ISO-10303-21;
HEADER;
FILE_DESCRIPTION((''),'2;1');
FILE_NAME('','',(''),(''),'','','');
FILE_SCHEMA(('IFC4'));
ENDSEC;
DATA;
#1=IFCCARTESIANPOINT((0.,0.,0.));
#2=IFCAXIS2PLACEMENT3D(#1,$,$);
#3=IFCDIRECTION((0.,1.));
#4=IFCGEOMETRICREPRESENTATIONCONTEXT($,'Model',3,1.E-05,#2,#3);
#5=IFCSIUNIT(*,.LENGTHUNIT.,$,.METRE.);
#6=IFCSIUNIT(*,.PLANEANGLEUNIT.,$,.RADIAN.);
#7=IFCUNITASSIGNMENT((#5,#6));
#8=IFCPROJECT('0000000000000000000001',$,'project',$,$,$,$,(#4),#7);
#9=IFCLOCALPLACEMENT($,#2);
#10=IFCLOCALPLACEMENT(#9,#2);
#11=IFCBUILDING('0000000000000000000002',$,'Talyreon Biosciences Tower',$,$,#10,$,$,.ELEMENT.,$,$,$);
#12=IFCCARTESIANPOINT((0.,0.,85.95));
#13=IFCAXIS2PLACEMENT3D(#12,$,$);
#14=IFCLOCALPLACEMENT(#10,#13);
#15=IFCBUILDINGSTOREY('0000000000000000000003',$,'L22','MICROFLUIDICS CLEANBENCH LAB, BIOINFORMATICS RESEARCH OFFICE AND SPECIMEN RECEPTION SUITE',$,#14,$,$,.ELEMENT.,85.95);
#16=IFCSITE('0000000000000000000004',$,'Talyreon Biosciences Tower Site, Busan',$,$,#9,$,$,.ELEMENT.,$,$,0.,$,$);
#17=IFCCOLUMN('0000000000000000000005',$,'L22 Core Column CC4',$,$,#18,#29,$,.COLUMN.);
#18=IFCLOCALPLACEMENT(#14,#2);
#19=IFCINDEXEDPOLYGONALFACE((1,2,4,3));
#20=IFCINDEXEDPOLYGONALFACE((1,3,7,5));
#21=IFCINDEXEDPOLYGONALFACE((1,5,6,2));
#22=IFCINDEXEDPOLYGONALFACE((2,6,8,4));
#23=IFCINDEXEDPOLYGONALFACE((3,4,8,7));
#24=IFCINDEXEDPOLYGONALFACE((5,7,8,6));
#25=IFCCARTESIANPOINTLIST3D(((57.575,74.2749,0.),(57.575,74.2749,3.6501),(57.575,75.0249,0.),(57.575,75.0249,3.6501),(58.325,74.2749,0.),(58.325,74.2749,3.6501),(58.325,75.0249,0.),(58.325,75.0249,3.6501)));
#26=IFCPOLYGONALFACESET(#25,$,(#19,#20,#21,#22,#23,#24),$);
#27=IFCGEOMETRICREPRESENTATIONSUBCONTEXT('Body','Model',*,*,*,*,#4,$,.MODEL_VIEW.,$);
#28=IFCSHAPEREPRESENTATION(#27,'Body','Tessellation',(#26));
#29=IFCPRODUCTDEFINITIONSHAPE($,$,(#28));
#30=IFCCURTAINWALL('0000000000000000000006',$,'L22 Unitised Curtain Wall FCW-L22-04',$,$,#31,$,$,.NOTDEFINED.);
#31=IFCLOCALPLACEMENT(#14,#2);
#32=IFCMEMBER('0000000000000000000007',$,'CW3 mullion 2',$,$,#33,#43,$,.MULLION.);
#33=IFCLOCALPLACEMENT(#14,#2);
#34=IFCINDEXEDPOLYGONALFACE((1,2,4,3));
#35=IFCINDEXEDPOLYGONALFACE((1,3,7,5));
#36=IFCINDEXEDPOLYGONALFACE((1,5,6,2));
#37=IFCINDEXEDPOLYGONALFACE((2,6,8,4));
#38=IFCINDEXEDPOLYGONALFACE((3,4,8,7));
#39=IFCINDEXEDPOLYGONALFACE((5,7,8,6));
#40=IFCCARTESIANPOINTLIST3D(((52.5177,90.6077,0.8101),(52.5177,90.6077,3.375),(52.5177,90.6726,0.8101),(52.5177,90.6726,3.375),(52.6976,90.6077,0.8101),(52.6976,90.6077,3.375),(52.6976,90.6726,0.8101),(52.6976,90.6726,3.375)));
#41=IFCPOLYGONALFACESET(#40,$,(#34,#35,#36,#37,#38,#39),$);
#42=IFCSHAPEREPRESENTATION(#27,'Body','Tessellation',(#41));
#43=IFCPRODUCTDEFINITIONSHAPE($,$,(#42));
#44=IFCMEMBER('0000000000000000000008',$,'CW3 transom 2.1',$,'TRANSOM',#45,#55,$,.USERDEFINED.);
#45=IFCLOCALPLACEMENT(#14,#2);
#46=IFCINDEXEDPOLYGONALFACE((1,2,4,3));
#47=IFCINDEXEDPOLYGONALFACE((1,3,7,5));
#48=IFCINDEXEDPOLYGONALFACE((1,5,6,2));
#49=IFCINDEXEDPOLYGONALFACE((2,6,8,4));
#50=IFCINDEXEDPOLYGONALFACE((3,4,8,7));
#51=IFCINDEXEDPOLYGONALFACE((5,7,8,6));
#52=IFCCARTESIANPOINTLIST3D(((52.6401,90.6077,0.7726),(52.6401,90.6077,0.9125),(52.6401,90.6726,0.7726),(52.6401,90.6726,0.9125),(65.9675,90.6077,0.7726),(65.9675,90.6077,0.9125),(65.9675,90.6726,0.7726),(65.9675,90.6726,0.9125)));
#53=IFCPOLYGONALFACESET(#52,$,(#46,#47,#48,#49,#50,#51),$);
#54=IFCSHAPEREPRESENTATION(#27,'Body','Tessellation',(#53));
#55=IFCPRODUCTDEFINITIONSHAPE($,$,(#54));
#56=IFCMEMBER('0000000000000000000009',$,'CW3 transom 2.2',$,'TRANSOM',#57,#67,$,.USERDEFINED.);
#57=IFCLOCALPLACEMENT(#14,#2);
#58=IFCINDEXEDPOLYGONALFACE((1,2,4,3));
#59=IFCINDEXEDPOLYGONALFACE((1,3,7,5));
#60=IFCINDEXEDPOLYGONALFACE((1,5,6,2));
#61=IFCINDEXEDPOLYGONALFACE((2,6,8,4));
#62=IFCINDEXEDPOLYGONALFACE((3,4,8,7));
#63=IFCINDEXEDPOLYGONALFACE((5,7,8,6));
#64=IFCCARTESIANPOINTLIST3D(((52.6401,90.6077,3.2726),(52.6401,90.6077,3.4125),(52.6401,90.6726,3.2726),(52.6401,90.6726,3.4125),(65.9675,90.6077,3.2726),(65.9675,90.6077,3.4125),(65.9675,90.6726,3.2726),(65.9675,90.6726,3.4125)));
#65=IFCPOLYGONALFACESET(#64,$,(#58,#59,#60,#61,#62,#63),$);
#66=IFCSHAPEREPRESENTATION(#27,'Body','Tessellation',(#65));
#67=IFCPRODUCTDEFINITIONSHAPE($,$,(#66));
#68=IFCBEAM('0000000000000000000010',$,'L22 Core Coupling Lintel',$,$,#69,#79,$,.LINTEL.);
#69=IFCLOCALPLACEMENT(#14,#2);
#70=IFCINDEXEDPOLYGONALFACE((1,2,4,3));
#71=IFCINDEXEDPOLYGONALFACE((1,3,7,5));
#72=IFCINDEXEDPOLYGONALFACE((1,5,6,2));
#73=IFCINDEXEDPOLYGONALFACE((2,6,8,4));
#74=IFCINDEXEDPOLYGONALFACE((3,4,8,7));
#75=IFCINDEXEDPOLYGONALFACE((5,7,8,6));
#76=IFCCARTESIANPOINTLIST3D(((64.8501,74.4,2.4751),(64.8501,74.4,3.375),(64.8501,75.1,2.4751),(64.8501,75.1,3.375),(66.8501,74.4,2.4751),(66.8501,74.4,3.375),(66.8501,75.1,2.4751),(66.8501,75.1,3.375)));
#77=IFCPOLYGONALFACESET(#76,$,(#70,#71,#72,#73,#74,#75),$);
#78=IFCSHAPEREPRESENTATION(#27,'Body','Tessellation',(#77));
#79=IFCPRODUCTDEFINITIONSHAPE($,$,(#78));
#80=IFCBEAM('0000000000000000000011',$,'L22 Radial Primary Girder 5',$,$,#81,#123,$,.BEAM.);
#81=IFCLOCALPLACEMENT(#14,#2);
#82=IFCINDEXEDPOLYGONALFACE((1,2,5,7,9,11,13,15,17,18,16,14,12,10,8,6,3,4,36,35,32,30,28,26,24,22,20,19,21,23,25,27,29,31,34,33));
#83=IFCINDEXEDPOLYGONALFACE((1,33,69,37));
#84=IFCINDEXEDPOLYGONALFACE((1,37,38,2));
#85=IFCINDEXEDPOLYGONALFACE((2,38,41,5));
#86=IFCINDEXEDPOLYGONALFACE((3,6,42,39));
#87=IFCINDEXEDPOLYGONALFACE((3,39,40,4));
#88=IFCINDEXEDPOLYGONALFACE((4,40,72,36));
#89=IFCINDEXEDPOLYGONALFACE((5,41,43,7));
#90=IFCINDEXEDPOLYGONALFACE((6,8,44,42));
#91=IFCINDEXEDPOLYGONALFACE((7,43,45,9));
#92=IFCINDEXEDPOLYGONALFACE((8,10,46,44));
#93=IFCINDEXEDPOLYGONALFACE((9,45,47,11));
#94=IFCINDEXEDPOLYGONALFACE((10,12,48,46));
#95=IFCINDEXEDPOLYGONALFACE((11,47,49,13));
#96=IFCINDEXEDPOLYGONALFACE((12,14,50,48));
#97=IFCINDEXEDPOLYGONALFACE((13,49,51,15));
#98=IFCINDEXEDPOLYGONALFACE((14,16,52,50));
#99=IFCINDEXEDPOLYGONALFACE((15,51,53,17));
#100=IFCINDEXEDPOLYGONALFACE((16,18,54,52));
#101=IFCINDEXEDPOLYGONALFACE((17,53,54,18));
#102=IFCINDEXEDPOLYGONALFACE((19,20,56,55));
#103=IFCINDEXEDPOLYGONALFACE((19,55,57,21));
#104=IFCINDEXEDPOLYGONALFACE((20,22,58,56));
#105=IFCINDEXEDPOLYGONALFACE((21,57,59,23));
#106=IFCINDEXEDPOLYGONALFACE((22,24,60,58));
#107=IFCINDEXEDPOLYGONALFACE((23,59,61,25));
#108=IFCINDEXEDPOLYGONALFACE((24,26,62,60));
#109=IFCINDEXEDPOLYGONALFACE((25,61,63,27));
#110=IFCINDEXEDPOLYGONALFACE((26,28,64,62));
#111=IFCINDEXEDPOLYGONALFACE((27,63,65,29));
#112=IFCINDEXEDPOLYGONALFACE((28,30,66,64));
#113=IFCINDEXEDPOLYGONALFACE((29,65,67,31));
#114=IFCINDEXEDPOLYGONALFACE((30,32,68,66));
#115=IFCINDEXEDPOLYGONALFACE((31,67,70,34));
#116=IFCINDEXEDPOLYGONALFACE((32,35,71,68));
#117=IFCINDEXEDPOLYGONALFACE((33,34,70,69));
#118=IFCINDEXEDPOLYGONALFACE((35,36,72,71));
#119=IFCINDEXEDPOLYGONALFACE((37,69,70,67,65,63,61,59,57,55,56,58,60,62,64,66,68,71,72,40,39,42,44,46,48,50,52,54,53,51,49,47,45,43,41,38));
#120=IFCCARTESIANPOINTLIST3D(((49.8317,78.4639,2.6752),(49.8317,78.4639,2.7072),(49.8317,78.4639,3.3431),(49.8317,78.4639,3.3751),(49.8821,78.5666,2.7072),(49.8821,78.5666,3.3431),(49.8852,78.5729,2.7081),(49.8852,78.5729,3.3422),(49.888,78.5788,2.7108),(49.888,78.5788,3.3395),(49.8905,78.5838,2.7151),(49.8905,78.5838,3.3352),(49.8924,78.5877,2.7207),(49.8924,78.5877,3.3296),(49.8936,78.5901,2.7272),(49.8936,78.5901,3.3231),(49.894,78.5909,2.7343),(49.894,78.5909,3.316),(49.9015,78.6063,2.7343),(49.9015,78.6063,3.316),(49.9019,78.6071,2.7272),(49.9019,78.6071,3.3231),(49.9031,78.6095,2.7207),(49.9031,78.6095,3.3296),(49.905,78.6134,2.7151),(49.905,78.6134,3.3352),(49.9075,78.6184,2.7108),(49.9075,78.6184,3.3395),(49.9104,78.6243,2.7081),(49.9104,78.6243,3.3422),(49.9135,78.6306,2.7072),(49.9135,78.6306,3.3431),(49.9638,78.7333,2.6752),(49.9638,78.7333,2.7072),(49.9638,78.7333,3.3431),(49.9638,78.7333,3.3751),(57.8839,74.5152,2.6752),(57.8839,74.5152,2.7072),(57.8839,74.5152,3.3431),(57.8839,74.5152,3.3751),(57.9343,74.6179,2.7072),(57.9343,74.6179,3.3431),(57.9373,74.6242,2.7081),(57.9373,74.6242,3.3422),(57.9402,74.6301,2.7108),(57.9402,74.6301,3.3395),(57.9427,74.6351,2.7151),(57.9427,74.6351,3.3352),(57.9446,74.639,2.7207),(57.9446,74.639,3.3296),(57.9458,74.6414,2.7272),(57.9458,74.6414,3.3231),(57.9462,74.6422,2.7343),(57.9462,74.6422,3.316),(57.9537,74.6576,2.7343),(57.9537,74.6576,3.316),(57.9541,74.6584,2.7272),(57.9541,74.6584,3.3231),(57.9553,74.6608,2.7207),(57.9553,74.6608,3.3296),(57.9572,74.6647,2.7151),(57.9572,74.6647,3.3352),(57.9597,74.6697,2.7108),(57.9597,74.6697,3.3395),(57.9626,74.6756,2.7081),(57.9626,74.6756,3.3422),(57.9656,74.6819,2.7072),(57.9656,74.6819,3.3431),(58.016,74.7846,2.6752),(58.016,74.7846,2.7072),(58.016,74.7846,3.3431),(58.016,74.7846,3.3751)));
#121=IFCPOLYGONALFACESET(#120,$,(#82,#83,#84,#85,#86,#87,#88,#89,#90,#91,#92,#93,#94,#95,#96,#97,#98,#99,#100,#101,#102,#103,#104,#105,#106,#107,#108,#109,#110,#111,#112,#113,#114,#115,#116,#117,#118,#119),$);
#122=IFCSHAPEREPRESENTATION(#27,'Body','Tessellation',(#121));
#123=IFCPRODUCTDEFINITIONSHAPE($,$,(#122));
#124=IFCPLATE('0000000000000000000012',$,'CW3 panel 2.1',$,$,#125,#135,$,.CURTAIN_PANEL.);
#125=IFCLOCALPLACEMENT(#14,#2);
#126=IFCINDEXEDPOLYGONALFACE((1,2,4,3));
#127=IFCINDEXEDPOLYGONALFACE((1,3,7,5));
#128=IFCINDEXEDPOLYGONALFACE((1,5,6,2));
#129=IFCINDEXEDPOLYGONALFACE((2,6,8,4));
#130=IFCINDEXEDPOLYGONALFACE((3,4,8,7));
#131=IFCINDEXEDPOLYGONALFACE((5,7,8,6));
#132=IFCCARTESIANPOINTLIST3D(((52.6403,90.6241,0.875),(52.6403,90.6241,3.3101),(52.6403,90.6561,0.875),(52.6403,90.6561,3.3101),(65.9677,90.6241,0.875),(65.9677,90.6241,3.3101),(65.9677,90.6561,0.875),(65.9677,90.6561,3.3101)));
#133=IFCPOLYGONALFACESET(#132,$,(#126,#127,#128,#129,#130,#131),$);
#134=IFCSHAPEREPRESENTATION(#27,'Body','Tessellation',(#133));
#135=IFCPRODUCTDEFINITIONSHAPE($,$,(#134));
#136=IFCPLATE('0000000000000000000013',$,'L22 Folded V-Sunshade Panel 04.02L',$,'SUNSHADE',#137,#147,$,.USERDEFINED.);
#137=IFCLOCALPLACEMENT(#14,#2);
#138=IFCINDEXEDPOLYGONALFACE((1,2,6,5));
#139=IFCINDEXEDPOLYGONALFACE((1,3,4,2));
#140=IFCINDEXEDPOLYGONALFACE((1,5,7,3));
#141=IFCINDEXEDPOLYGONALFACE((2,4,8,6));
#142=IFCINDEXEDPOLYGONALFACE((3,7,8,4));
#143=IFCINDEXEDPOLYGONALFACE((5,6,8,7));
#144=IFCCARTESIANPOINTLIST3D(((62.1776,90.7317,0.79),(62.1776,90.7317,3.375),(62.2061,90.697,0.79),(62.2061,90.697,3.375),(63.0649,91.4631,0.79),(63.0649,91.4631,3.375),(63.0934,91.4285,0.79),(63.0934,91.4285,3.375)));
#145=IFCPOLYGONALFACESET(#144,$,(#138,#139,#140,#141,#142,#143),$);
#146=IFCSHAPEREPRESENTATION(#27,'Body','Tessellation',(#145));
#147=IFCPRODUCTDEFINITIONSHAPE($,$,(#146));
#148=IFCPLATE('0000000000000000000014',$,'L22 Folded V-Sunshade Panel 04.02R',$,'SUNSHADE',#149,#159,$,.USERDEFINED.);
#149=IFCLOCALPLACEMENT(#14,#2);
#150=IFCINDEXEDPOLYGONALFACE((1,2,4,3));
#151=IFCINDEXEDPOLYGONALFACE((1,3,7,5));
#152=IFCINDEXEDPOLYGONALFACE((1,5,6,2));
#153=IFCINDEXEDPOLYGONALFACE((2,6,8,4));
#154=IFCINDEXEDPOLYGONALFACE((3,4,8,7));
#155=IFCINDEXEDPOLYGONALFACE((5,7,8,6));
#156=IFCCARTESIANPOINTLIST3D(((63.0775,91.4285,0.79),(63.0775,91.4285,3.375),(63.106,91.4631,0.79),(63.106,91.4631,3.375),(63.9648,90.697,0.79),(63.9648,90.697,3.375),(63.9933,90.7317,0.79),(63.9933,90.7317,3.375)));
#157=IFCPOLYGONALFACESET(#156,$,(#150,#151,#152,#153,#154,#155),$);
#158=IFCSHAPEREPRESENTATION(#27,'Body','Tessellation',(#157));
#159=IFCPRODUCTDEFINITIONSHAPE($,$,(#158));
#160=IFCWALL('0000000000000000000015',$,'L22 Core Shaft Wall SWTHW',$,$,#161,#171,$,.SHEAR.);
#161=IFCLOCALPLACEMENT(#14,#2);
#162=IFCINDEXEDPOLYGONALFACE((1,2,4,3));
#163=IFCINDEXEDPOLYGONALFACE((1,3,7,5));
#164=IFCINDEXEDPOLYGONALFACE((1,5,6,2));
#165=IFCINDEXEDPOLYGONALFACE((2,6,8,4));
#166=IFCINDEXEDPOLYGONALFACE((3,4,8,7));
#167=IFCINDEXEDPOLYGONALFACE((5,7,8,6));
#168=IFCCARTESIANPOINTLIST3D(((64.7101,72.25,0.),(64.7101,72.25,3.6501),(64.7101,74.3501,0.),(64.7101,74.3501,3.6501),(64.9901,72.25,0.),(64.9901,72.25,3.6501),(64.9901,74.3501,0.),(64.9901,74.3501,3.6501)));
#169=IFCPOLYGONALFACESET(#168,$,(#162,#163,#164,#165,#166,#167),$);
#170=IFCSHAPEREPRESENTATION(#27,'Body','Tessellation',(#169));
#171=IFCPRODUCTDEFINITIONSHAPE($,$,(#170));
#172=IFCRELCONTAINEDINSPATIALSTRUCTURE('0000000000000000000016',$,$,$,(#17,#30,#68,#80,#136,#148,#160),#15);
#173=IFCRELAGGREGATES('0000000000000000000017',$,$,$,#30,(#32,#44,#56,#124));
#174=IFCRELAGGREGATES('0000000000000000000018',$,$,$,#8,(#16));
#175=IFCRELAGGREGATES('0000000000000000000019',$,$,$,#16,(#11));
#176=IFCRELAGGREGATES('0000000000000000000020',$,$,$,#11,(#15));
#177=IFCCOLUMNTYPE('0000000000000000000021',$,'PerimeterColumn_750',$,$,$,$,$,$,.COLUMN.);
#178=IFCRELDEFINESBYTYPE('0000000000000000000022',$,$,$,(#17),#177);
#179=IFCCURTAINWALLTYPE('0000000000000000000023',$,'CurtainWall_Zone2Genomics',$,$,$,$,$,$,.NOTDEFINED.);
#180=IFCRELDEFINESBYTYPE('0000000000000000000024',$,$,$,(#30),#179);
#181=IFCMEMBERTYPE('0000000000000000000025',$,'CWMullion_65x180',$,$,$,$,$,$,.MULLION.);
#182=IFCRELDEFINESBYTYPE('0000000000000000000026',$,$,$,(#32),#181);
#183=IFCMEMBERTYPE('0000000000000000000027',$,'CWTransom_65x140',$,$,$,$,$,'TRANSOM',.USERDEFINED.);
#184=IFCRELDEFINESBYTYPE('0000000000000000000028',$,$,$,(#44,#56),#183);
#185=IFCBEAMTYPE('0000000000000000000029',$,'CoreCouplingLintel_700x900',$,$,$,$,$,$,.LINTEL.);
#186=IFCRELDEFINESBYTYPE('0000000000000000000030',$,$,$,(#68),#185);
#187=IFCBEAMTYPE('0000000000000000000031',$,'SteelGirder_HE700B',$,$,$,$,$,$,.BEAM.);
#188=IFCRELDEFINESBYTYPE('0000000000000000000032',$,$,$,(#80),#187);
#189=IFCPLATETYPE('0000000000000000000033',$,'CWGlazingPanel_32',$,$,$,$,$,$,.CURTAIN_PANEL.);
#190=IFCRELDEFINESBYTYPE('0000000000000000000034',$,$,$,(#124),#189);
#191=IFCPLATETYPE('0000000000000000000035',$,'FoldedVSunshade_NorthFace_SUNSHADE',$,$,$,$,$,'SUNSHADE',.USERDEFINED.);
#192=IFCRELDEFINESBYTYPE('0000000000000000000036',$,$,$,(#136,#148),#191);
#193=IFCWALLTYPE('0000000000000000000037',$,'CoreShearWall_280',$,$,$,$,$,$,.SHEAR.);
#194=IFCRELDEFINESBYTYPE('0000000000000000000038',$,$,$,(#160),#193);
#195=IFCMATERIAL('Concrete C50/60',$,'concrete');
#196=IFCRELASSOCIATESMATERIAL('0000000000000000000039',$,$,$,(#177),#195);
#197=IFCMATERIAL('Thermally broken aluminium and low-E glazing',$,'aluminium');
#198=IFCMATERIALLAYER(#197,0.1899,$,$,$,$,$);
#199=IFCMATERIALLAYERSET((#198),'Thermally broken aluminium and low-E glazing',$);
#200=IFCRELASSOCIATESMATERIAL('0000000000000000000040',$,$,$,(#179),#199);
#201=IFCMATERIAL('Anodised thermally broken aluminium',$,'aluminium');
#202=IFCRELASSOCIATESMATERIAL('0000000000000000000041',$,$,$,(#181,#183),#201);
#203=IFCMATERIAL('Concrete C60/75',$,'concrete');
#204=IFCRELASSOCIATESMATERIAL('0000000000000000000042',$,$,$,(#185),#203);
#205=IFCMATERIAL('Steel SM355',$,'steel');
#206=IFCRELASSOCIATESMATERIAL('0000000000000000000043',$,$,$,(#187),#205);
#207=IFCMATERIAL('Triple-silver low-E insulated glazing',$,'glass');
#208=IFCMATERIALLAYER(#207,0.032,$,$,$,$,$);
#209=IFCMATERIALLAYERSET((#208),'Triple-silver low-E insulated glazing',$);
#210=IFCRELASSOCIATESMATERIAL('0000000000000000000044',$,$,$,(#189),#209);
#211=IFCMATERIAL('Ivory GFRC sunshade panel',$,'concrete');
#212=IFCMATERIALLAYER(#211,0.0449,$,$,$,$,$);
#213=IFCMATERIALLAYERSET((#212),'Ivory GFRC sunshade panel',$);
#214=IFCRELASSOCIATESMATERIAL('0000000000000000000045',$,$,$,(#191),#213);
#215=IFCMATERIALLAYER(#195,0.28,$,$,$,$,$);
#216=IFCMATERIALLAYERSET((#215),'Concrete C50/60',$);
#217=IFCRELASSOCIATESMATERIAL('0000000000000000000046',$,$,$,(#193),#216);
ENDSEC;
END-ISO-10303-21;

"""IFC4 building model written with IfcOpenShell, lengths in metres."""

from ifc_helpers import new_model, si_unit, direction, frame, frame_2d, origin, origin_2d, place, context, subcontext, project, spatial, rectangle, i_section, extrude, material, layer, layer_set, material_profile, profile_set, type_object, element, aggregate, save


model = new_model("IFC4")

# Units and contexts
model_context = context("Model", 3, precision=1e-05, world=origin(), true_north=direction((0.0, 1.0)))
body_context = subcontext(model_context, "Body", "Model", "MODEL_VIEW")
ifc_project = project(units=[si_unit("LENGTHUNIT", "METRE"), si_unit("PLANEANGLEUNIT", "RADIAN")], contexts=[model_context])

# Site, building, storey
site_placement = place(None, origin())
site = spatial("IfcSite", under=ifc_project, at=site_placement, Name="Talyreon Biosciences Tower Site, Busan", CompositionType="ELEMENT", RefElevation=0.0)
building_placement = place(site_placement, origin())
building = spatial("IfcBuilding", under=site, at=building_placement, Name="Talyreon Biosciences Tower", CompositionType="ELEMENT")
storey_placement = place(building_placement, frame((0.0, 0.0, 85.95)))
storey = spatial("IfcBuildingStorey", under=building, at=storey_placement, Name="L22", Description="MICROFLUIDICS CLEANBENCH LAB, BIOINFORMATICS RESEARCH OFFICE AND SPECIMEN RECEPTION SUITE", CompositionType="ELEMENT", Elevation=85.95)

# Column
ifc_material_1 = material(Name="Concrete C50/60", Category="concrete")
ifc_material_profile_1 = material_profile(ifc_material_1, rectangle(XDim=0.75, YDim=0.75, at=origin_2d()), Name="RC 750x750")
ifc_profile_set_1 = profile_set([ifc_material_profile_1], Name="Concrete C50/60")
column_type = type_object("IfcColumnType", Name="PerimeterColumn_750", PredefinedType="COLUMN", material=ifc_profile_set_1)
column_placement = place(storey_placement, frame((57.95, 74.6499, 0.0), z_axis=(0.0, 0.0, 1.0), x_axis=(1.0, 0.0, 0.0)))
element("IfcColumn", 1, at=column_placement, inside=storey, type_object=column_type, Name="L22 Core Column CC4", PredefinedType="COLUMN", context=body_context, shape_type="SweptSolid", body=[
    extrude(rectangle(XDim=0.75, YDim=0.75, at=origin_2d()), origin(), (0.0, 0.0, 1.0), 3.6501),
])

# Curtain wall, members
ifc_material_2 = material(Name="Thermally broken aluminium and low-E glazing", Category="aluminium")
ifc_layer_1 = layer(ifc_material_2, 0.1899)
ifc_layer_set_1 = layer_set([ifc_layer_1], Name="Thermally broken aluminium and low-E glazing")
curtain_wall_type = type_object("IfcCurtainWallType", Name="CurtainWall_Zone2Genomics", PredefinedType="NOTDEFINED", material=ifc_layer_set_1)
curtain_wall_placement = place(storey_placement, origin())
curtain_wall = element("IfcCurtainWall", 2, at=curtain_wall_placement, inside=storey, type_object=curtain_wall_type, Name="L22 Unitised Curtain Wall FCW-L22-04", PredefinedType="NOTDEFINED")
ifc_material_3 = material(Name="Anodised thermally broken aluminium", Category="aluminium")
ifc_material_profile_2 = material_profile(ifc_material_3, rectangle(XDim=0.0649, YDim=0.1799, at=origin_2d()), Name="ALUM MULLION 65x180")
ifc_profile_set_2 = profile_set([ifc_material_profile_2], Name="Anodised thermally broken aluminium")
member_type_1 = type_object("IfcMemberType", Name="CWMullion_65x180", PredefinedType="MULLION", material=ifc_profile_set_2)
member_1_placement = place(storey_placement, frame((52.6077, 90.6401, 0.8101), z_axis=(0.0, 0.0, 1.0), x_axis=(0.0, 1.0, 0.0)))
member_1 = element("IfcMember", 3, at=member_1_placement, type_object=member_type_1, Name="CW3 mullion 2", PredefinedType="MULLION", context=body_context, shape_type="SweptSolid", body=[
    extrude(rectangle(XDim=0.0649, YDim=0.1799, at=origin_2d()), origin(), (0.0, 0.0, 1.0), 2.5649),
])
ifc_material_profile_3 = material_profile(ifc_material_3, rectangle(XDim=0.0649, YDim=0.1399, at=origin_2d()), Name="ALUM TRANSOM 65x140")
ifc_profile_set_3 = profile_set([ifc_material_profile_3], Name="Anodised thermally broken aluminium")
member_type_2 = type_object("IfcMemberType", Name="CWTransom_65x140", ElementType="TRANSOM", PredefinedType="USERDEFINED", material=ifc_profile_set_3)
member_2_placement = place(storey_placement, frame((52.6401, 90.6401, 0.8425), z_axis=(1.0, 0.0, 0.0), x_axis=(0.0, 1.0, 0.0)))
member_2 = element("IfcMember", 4, at=member_2_placement, type_object=member_type_2, Name="CW3 transom 2.1", ObjectType="TRANSOM", PredefinedType="USERDEFINED", context=body_context, shape_type="SweptSolid", body=[
    extrude(rectangle(XDim=0.0649, YDim=0.1399, at=origin_2d()), origin(), (0.0, 0.0, 1.0), 13.3274),
])
member_3_placement = place(storey_placement, frame((52.6401, 90.6401, 3.3425), z_axis=(1.0, 0.0, 0.0), x_axis=(0.0, 1.0, 0.0)))
member_3 = element("IfcMember", 5, at=member_3_placement, type_object=member_type_2, Name="CW3 transom 2.2", ObjectType="TRANSOM", PredefinedType="USERDEFINED", context=body_context, shape_type="SweptSolid", body=[
    extrude(rectangle(XDim=0.0649, YDim=0.1399, at=origin_2d()), origin(), (0.0, 0.0, 1.0), 13.3274),
])

# Beams
ifc_material_4 = material(Name="Concrete C60/75", Category="concrete")
ifc_material_profile_4 = material_profile(ifc_material_4, rectangle(XDim=0.7, YDim=0.8999, at=origin_2d()), Name="RCB 700x900")
ifc_profile_set_4 = profile_set([ifc_material_profile_4], Name="Concrete C60/75")
beam_type_1 = type_object("IfcBeamType", Name="CoreCouplingLintel_700x900", PredefinedType="LINTEL", material=ifc_profile_set_4)
beam_1_placement = place(storey_placement, frame((64.8501, 74.75, 2.925), z_axis=(1.0, 0.0, 0.0), x_axis=(0.0, 1.0, 0.0)))
element("IfcBeam", 6, at=beam_1_placement, inside=storey, type_object=beam_type_1, Name="L22 Core Coupling Lintel", PredefinedType="LINTEL", context=body_context, shape_type="SweptSolid", body=[
    extrude(rectangle(XDim=0.7, YDim=0.8999, at=origin_2d()), origin(), (0.0, 0.0, 1.0), 2.0),
])
ifc_material_5 = material(Name="Steel SM355", Category="steel")
ifc_material_profile_5 = material_profile(ifc_material_5, i_section(OverallWidth=0.3, OverallDepth=0.7, WebThickness=0.0171, FlangeThickness=0.032, FilletRadius=0.0271, at=origin_2d()), Name="HE700B")
ifc_profile_set_5 = profile_set([ifc_material_profile_5], Name="Steel SM355")
beam_type_2 = type_object("IfcBeamType", Name="SteelGirder_HE700B", PredefinedType="BEAM", material=ifc_profile_set_5)
beam_2_placement = place(storey_placement, frame((57.95, 74.6499, 3.0251), z_axis=(-0.897852, 0.440297, 0.0), x_axis=(-0.440297, -0.897852, 0.0)))
element("IfcBeam", 7, at=beam_2_placement, inside=storey, type_object=beam_type_2, Name="L22 Radial Primary Girder 5", PredefinedType="BEAM", context=body_context, shape_type="SweptSolid", body=[
    extrude(i_section(OverallWidth=0.3, OverallDepth=0.7, WebThickness=0.0171, FlangeThickness=0.032, FilletRadius=0.0271, at=origin_2d()), origin(), (0.0, 0.0, 1.0), 8.9683),
])

# Plate
ifc_material_6 = material(Name="Triple-silver low-E insulated glazing", Category="glass")
ifc_layer_2 = layer(ifc_material_6, 0.032)
ifc_layer_set_2 = layer_set([ifc_layer_2], Name="Triple-silver low-E insulated glazing")
plate_type_1 = type_object("IfcPlateType", Name="CWGlazingPanel_32", PredefinedType="CURTAIN_PANEL", material=ifc_layer_set_2)
plate_placement = place(storey_placement, frame((59.304, 90.6401, 0.875), z_axis=(0.0, 0.0, 1.0), x_axis=(1.0, 0.0, 0.0)))
plate = element("IfcPlate", 8, at=plate_placement, type_object=plate_type_1, Name="CW3 panel 2.1", PredefinedType="CURTAIN_PANEL", context=body_context, shape_type="SweptSolid", body=[
    extrude(rectangle(XDim=13.3274, YDim=0.032, at=origin_2d()), origin(), (0.0, 0.0, 1.0), 2.4351),
])
aggregate(curtain_wall, [member_1, member_2, member_3, plate])

# Plates
ifc_material_7 = material(Name="Ivory GFRC sunshade panel", Category="concrete")
ifc_layer_3 = layer(ifc_material_7, 0.0449)
ifc_layer_set_3 = layer_set([ifc_layer_3], Name="Ivory GFRC sunshade panel")
plate_type_2 = type_object("IfcPlateType", Name="FoldedVSunshade_NorthFace_SUNSHADE", ElementType="SUNSHADE", PredefinedType="USERDEFINED", material=ifc_layer_set_3)
for number, where, z_axis, x_axis, name in (
    (9, (62.6355, 91.0801, 0.79), (0.0, 0.0, 1.0), (0.771625, 0.636078, 0.0), "L22 Folded V-Sunshade Panel 04.02L"),
    (10, (63.5354, 91.0801, 0.79), (0.0, 0.0, 1.0), (0.771625, -0.636078, 0.0), "L22 Folded V-Sunshade Panel 04.02R"),
):
    element("IfcPlate", number, at=place(storey_placement, frame(where, z_axis=z_axis, x_axis=x_axis)), inside=storey, type_object=plate_type_2, Name=name, ObjectType="SUNSHADE", PredefinedType="USERDEFINED", context=body_context, shape_type="SweptSolid", body=[
        extrude(rectangle(XDim=1.1499, YDim=0.0449, at=origin_2d()), origin(), (0.0, 0.0, 1.0), 2.585),
    ])

# Wall
ifc_layer_4 = layer(ifc_material_1, 0.28)
ifc_layer_set_4 = layer_set([ifc_layer_4], Name="Concrete C50/60")
wall_type_1 = type_object("IfcWallType", Name="CoreShearWall_280", PredefinedType="SHEAR", material=ifc_layer_set_4)
wall_1_placement = place(storey_placement, frame((64.8501, 72.25, 0.0), z_axis=(0.0, 0.0, 1.0), x_axis=(0.0, 1.0, 0.0)))
element("IfcWall", 11, at=wall_1_placement, inside=storey, type_object=wall_type_1, Name="L22 Core Shaft Wall SWTHW", PredefinedType="SHEAR", context=body_context, shape_type="SweptSolid", body=[
    extrude(rectangle(XDim=2.1001, YDim=0.28, at=frame_2d((1.05, 0.0))), origin(), (0.0, 0.0, 1.0), 3.6501),
])

save(model, "model.ifc")
